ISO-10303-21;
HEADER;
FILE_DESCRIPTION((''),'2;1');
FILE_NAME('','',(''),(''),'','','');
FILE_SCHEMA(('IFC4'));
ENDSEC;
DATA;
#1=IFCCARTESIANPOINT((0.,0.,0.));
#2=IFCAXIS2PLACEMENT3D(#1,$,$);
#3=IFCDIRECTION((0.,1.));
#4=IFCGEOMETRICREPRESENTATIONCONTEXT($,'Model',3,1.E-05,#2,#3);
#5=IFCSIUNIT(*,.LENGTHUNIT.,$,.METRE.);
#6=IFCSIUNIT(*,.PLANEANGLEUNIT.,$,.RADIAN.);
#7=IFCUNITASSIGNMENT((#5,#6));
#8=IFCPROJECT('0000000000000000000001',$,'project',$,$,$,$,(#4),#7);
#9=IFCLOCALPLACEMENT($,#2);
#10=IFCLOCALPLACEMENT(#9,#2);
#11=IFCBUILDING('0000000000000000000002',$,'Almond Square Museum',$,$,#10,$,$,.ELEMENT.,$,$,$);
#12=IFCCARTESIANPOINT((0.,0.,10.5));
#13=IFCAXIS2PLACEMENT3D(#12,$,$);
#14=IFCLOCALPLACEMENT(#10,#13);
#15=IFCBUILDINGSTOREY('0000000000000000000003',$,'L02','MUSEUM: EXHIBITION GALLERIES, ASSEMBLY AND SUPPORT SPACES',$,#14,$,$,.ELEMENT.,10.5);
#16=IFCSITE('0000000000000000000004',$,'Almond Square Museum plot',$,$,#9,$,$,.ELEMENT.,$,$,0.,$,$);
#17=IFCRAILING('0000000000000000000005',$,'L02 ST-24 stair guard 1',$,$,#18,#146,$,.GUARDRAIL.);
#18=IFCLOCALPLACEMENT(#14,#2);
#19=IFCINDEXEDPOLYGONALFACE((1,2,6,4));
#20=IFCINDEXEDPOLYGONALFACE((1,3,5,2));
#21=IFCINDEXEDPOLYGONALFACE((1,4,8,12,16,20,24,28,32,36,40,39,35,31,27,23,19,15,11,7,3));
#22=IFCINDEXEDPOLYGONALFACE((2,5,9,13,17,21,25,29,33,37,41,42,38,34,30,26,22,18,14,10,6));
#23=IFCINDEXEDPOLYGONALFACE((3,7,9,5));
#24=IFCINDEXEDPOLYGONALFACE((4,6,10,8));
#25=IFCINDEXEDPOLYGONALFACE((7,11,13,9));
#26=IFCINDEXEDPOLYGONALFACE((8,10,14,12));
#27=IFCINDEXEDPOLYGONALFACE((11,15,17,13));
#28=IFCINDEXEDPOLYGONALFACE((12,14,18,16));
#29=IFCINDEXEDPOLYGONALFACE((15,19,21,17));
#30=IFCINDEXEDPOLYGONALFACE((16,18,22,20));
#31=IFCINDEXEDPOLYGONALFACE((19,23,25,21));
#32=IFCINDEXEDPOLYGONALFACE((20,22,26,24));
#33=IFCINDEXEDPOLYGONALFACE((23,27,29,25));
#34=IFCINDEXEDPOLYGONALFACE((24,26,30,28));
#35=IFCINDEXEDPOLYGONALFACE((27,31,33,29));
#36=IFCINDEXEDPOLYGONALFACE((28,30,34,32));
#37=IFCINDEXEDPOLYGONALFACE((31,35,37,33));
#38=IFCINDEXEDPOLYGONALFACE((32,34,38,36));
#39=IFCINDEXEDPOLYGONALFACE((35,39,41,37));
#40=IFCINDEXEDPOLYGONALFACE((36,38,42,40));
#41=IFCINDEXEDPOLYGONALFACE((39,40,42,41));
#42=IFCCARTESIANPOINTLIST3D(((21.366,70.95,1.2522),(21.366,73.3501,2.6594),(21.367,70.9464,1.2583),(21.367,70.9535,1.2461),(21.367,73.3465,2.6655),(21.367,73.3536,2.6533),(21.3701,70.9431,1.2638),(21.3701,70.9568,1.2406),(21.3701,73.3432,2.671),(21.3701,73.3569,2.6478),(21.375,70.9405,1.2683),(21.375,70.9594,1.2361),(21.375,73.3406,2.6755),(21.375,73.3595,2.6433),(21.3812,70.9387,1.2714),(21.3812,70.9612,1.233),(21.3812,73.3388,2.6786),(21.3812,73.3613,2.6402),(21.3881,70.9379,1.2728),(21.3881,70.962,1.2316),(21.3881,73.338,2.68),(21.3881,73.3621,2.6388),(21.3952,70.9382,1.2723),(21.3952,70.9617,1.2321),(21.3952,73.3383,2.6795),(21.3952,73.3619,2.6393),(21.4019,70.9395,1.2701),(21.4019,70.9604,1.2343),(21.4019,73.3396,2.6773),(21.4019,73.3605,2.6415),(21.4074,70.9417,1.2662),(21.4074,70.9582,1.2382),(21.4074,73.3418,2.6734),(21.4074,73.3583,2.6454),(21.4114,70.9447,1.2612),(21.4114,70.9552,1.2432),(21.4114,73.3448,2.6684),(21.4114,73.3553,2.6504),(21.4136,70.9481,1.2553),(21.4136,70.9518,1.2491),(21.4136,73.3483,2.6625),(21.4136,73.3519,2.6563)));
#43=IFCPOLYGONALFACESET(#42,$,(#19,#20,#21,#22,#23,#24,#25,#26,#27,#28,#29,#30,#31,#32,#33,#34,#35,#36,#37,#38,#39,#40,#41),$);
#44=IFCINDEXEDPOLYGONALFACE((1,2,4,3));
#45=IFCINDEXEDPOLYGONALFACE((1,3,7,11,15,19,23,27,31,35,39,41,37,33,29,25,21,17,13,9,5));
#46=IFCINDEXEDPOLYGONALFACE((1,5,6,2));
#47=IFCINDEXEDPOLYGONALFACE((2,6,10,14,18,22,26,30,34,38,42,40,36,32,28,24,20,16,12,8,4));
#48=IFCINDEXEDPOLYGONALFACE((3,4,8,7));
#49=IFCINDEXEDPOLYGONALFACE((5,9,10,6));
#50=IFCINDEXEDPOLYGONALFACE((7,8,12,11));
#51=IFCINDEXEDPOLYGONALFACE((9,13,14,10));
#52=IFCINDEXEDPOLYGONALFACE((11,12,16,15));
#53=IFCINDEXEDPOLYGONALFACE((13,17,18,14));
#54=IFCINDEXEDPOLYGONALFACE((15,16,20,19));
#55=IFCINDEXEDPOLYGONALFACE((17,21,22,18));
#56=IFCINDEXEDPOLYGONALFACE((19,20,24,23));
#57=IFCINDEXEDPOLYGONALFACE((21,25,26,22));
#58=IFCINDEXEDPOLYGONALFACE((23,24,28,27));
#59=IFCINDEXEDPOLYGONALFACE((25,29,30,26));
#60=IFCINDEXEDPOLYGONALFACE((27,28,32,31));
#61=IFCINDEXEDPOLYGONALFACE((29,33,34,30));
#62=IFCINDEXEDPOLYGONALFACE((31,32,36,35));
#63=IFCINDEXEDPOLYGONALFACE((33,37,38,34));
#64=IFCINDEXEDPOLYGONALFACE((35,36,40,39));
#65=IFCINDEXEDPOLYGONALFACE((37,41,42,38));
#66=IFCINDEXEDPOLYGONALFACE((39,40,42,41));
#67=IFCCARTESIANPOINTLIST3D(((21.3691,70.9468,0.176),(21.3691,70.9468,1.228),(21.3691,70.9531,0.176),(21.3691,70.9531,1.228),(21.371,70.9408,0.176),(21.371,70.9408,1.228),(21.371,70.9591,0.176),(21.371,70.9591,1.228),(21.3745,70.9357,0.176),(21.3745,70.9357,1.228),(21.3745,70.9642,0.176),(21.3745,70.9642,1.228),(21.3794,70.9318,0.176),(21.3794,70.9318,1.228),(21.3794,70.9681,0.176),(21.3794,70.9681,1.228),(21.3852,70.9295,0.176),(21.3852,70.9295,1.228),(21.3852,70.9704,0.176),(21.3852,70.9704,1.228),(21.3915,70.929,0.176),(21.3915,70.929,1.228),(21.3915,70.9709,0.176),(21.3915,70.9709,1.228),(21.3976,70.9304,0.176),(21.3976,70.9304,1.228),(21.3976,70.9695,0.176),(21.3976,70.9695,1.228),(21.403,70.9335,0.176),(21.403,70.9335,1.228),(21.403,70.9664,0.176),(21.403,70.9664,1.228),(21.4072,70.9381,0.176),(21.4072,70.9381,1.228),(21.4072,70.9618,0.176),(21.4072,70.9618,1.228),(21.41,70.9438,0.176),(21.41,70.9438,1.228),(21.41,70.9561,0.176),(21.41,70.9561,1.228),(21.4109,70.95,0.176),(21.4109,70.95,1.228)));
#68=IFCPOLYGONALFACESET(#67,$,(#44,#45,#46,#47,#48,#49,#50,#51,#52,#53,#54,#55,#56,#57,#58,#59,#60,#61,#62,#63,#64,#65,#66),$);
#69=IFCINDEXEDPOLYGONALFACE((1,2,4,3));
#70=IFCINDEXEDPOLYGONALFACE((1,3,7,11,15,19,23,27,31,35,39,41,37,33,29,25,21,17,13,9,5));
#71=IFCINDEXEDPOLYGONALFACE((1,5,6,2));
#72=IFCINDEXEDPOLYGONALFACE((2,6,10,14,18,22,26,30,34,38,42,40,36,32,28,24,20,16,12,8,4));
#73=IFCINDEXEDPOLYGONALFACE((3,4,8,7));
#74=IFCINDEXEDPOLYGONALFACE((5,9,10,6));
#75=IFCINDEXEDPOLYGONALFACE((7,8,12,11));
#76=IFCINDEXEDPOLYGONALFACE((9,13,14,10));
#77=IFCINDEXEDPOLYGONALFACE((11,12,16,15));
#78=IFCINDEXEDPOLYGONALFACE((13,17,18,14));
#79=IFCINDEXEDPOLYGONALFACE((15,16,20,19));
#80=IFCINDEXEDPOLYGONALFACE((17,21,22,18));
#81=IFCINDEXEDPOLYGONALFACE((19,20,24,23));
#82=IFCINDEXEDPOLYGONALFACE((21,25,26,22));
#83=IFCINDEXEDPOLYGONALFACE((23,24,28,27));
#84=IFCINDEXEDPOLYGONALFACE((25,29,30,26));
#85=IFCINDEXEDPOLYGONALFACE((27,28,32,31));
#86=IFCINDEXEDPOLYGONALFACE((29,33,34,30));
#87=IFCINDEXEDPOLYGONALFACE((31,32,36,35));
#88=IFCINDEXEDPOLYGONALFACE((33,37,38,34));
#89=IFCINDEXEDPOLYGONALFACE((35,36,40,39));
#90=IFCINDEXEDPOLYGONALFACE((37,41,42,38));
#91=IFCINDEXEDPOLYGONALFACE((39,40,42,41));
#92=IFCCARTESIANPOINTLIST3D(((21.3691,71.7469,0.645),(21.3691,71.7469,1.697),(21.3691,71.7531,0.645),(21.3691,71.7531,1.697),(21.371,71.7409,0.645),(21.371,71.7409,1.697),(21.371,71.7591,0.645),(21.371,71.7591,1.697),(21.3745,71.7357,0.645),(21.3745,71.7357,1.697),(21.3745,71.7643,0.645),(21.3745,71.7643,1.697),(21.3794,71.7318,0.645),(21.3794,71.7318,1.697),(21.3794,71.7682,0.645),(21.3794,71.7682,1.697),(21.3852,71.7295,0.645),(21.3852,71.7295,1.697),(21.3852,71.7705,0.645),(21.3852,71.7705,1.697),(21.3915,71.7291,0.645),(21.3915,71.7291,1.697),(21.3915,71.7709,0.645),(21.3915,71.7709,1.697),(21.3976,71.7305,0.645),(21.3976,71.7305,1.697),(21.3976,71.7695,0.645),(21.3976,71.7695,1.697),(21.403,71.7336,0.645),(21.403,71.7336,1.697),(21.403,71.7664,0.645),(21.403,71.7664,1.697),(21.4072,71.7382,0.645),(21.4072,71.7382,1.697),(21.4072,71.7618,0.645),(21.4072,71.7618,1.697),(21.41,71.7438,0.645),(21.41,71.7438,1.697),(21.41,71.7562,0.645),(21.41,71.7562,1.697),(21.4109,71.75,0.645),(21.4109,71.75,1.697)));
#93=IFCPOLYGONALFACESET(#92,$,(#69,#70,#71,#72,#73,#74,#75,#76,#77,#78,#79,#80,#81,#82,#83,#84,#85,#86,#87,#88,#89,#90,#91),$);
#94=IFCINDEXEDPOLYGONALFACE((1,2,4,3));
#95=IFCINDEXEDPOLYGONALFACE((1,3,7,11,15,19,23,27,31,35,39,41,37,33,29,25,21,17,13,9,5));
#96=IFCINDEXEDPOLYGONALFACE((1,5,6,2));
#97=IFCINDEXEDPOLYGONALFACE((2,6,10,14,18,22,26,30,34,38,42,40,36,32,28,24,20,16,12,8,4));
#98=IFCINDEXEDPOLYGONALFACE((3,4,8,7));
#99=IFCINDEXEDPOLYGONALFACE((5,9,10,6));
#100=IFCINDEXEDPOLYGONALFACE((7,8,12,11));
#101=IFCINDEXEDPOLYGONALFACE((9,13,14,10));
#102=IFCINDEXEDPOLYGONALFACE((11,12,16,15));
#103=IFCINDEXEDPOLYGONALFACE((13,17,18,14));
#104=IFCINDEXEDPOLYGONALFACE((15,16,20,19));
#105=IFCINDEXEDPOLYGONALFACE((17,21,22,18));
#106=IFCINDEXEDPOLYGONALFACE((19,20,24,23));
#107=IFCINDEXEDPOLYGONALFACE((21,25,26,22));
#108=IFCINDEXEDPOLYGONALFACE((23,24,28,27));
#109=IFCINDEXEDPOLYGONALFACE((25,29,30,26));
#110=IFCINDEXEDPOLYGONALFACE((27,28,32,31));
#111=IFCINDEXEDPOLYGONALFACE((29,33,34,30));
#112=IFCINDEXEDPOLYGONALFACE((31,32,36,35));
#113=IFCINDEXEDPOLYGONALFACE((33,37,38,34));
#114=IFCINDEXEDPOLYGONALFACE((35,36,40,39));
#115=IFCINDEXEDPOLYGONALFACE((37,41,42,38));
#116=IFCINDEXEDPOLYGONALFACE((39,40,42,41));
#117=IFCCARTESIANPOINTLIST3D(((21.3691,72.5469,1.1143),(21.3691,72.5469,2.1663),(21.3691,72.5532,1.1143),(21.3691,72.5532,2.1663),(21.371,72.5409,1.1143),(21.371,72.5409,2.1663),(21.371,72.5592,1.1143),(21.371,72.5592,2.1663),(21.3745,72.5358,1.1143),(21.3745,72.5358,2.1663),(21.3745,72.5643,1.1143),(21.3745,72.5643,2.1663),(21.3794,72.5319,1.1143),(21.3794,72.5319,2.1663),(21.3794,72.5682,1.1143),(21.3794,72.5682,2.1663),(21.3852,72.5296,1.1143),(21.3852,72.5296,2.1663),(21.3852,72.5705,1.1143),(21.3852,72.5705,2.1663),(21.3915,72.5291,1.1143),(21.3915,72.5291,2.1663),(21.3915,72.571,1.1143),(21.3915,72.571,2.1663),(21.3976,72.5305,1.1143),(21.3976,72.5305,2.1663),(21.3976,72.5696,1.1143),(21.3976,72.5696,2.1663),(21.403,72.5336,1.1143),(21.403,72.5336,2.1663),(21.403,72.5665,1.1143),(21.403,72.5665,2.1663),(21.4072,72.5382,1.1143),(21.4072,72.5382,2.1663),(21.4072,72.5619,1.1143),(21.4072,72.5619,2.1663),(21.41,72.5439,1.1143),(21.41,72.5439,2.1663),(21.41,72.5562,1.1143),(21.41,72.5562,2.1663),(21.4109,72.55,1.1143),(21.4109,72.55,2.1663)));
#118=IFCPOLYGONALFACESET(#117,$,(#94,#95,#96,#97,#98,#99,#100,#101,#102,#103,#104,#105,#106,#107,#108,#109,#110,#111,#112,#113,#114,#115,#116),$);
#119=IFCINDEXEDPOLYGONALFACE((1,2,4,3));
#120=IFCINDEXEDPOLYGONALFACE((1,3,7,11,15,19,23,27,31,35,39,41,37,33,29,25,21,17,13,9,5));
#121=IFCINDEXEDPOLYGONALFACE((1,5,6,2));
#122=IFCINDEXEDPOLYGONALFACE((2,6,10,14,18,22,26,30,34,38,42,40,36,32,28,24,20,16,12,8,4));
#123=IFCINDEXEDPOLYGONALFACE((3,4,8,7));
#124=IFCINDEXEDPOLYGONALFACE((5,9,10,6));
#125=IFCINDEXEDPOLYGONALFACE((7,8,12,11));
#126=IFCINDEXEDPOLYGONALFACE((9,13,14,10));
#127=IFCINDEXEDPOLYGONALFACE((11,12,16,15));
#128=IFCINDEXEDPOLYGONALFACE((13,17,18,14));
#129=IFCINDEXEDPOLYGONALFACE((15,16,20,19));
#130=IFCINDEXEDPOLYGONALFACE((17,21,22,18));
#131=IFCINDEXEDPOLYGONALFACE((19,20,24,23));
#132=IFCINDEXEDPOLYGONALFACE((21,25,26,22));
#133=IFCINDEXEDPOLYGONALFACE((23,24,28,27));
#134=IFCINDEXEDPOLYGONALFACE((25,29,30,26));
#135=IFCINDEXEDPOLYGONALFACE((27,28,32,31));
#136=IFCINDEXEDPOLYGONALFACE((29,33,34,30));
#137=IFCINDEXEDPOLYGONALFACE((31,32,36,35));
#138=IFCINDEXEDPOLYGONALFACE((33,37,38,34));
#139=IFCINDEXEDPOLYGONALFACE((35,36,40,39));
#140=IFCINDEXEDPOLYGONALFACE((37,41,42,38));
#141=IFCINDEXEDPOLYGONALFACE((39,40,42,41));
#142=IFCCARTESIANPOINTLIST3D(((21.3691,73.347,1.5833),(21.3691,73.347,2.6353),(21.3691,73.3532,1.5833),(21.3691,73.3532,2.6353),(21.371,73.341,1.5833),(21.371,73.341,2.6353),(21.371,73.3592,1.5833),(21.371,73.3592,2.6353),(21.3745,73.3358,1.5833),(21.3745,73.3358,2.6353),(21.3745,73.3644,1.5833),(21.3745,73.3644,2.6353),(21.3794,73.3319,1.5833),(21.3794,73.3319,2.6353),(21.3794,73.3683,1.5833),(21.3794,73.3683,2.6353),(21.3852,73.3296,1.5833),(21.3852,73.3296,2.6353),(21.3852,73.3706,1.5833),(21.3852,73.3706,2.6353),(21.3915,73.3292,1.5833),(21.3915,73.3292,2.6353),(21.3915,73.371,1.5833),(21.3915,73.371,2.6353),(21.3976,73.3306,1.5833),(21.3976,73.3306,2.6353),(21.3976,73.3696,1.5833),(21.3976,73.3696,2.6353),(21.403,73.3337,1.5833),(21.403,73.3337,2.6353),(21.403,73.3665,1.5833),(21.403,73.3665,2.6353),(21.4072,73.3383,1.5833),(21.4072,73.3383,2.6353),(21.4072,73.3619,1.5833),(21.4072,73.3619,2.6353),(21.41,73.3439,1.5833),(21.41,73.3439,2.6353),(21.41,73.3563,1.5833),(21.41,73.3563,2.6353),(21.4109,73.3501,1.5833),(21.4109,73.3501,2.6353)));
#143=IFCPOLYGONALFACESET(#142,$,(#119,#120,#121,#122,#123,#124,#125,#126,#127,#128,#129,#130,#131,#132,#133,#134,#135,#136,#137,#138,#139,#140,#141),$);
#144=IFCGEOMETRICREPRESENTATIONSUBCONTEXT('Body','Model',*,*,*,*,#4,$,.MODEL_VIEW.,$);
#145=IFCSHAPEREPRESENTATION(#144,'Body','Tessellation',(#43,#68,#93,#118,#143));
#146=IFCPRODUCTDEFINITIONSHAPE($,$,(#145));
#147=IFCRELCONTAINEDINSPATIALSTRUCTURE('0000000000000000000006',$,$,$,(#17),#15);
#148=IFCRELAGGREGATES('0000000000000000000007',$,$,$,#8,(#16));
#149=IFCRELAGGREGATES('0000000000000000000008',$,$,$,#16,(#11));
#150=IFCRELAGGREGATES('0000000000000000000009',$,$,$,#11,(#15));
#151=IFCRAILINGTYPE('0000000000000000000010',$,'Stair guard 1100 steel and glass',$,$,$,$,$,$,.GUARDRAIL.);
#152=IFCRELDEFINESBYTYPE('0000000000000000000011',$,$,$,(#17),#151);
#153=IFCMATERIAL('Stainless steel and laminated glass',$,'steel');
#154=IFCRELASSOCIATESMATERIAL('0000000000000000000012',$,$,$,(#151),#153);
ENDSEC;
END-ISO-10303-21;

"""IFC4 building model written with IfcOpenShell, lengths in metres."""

from ifc_helpers import new_model, si_unit, direction, frame, origin, origin_2d, place, context, subcontext, project, spatial, circle, extrude, material, type_object, element, save


model = new_model("IFC4")

# Units and contexts
model_context = context("Model", 3, precision=1e-05, world=origin(), true_north=direction((0.0, 1.0)))
body_context = subcontext(model_context, "Body", "Model", "MODEL_VIEW")
ifc_project = project(units=[si_unit("LENGTHUNIT", "METRE"), si_unit("PLANEANGLEUNIT", "RADIAN")], contexts=[model_context])

# Site, building, storey
site_placement = place(None, origin())
site = spatial("IfcSite", under=ifc_project, at=site_placement, Name="Almond Square Museum plot", CompositionType="ELEMENT", RefElevation=0.0)
building_placement = place(site_placement, origin())
building = spatial("IfcBuilding", under=site, at=building_placement, Name="Almond Square Museum", CompositionType="ELEMENT")
storey_placement = place(building_placement, frame((0.0, 0.0, 10.5)))
storey = spatial("IfcBuildingStorey", under=building, at=storey_placement, Name="L02", Description="MUSEUM: EXHIBITION GALLERIES, ASSEMBLY AND SUPPORT SPACES", CompositionType="ELEMENT", Elevation=10.5)

# Railing
ifc_material_1 = material(Name="Stainless steel and laminated glass", Category="steel")
railing_type_1 = type_object("IfcRailingType", Name="Stair guard 1100 steel and glass", PredefinedType="GUARDRAIL", material=ifc_material_1)
railing_1_placement = place(storey_placement, frame((21.3899, 70.95, 0.176)))
element("IfcRailing", 1, at=railing_1_placement, inside=storey, type_object=railing_type_1, Name="L02 ST-24 stair guard 1", PredefinedType="GUARDRAIL", context=body_context, shape_type="SweptSolid", body=[
    extrude(circle(Radius=0.0239, at=origin_2d()), frame((0.0, 0.0, 1.0762), z_axis=(0.0, 0.86266, 0.505785), x_axis=(-1.0, 0.0, 0.0)), (0.0, 0.0, 1.0), 2.7822),
    extrude(circle(Radius=0.021, at=origin_2d()), origin(), (0.0, 0.0, 1.0), 1.052),
    extrude(circle(Radius=0.021, at=origin_2d()), frame((0.0, 0.8, 0.469)), (0.0, 0.0, 1.0), 1.052),
    extrude(circle(Radius=0.021, at=origin_2d()), frame((0.0, 1.6001, 0.9382)), (0.0, 0.0, 1.0), 1.052),
    extrude(circle(Radius=0.021, at=origin_2d()), frame((0.0, 2.4001, 1.4072)), (0.0, 0.0, 1.0), 1.052),
])

save(model, "model.ifc")
